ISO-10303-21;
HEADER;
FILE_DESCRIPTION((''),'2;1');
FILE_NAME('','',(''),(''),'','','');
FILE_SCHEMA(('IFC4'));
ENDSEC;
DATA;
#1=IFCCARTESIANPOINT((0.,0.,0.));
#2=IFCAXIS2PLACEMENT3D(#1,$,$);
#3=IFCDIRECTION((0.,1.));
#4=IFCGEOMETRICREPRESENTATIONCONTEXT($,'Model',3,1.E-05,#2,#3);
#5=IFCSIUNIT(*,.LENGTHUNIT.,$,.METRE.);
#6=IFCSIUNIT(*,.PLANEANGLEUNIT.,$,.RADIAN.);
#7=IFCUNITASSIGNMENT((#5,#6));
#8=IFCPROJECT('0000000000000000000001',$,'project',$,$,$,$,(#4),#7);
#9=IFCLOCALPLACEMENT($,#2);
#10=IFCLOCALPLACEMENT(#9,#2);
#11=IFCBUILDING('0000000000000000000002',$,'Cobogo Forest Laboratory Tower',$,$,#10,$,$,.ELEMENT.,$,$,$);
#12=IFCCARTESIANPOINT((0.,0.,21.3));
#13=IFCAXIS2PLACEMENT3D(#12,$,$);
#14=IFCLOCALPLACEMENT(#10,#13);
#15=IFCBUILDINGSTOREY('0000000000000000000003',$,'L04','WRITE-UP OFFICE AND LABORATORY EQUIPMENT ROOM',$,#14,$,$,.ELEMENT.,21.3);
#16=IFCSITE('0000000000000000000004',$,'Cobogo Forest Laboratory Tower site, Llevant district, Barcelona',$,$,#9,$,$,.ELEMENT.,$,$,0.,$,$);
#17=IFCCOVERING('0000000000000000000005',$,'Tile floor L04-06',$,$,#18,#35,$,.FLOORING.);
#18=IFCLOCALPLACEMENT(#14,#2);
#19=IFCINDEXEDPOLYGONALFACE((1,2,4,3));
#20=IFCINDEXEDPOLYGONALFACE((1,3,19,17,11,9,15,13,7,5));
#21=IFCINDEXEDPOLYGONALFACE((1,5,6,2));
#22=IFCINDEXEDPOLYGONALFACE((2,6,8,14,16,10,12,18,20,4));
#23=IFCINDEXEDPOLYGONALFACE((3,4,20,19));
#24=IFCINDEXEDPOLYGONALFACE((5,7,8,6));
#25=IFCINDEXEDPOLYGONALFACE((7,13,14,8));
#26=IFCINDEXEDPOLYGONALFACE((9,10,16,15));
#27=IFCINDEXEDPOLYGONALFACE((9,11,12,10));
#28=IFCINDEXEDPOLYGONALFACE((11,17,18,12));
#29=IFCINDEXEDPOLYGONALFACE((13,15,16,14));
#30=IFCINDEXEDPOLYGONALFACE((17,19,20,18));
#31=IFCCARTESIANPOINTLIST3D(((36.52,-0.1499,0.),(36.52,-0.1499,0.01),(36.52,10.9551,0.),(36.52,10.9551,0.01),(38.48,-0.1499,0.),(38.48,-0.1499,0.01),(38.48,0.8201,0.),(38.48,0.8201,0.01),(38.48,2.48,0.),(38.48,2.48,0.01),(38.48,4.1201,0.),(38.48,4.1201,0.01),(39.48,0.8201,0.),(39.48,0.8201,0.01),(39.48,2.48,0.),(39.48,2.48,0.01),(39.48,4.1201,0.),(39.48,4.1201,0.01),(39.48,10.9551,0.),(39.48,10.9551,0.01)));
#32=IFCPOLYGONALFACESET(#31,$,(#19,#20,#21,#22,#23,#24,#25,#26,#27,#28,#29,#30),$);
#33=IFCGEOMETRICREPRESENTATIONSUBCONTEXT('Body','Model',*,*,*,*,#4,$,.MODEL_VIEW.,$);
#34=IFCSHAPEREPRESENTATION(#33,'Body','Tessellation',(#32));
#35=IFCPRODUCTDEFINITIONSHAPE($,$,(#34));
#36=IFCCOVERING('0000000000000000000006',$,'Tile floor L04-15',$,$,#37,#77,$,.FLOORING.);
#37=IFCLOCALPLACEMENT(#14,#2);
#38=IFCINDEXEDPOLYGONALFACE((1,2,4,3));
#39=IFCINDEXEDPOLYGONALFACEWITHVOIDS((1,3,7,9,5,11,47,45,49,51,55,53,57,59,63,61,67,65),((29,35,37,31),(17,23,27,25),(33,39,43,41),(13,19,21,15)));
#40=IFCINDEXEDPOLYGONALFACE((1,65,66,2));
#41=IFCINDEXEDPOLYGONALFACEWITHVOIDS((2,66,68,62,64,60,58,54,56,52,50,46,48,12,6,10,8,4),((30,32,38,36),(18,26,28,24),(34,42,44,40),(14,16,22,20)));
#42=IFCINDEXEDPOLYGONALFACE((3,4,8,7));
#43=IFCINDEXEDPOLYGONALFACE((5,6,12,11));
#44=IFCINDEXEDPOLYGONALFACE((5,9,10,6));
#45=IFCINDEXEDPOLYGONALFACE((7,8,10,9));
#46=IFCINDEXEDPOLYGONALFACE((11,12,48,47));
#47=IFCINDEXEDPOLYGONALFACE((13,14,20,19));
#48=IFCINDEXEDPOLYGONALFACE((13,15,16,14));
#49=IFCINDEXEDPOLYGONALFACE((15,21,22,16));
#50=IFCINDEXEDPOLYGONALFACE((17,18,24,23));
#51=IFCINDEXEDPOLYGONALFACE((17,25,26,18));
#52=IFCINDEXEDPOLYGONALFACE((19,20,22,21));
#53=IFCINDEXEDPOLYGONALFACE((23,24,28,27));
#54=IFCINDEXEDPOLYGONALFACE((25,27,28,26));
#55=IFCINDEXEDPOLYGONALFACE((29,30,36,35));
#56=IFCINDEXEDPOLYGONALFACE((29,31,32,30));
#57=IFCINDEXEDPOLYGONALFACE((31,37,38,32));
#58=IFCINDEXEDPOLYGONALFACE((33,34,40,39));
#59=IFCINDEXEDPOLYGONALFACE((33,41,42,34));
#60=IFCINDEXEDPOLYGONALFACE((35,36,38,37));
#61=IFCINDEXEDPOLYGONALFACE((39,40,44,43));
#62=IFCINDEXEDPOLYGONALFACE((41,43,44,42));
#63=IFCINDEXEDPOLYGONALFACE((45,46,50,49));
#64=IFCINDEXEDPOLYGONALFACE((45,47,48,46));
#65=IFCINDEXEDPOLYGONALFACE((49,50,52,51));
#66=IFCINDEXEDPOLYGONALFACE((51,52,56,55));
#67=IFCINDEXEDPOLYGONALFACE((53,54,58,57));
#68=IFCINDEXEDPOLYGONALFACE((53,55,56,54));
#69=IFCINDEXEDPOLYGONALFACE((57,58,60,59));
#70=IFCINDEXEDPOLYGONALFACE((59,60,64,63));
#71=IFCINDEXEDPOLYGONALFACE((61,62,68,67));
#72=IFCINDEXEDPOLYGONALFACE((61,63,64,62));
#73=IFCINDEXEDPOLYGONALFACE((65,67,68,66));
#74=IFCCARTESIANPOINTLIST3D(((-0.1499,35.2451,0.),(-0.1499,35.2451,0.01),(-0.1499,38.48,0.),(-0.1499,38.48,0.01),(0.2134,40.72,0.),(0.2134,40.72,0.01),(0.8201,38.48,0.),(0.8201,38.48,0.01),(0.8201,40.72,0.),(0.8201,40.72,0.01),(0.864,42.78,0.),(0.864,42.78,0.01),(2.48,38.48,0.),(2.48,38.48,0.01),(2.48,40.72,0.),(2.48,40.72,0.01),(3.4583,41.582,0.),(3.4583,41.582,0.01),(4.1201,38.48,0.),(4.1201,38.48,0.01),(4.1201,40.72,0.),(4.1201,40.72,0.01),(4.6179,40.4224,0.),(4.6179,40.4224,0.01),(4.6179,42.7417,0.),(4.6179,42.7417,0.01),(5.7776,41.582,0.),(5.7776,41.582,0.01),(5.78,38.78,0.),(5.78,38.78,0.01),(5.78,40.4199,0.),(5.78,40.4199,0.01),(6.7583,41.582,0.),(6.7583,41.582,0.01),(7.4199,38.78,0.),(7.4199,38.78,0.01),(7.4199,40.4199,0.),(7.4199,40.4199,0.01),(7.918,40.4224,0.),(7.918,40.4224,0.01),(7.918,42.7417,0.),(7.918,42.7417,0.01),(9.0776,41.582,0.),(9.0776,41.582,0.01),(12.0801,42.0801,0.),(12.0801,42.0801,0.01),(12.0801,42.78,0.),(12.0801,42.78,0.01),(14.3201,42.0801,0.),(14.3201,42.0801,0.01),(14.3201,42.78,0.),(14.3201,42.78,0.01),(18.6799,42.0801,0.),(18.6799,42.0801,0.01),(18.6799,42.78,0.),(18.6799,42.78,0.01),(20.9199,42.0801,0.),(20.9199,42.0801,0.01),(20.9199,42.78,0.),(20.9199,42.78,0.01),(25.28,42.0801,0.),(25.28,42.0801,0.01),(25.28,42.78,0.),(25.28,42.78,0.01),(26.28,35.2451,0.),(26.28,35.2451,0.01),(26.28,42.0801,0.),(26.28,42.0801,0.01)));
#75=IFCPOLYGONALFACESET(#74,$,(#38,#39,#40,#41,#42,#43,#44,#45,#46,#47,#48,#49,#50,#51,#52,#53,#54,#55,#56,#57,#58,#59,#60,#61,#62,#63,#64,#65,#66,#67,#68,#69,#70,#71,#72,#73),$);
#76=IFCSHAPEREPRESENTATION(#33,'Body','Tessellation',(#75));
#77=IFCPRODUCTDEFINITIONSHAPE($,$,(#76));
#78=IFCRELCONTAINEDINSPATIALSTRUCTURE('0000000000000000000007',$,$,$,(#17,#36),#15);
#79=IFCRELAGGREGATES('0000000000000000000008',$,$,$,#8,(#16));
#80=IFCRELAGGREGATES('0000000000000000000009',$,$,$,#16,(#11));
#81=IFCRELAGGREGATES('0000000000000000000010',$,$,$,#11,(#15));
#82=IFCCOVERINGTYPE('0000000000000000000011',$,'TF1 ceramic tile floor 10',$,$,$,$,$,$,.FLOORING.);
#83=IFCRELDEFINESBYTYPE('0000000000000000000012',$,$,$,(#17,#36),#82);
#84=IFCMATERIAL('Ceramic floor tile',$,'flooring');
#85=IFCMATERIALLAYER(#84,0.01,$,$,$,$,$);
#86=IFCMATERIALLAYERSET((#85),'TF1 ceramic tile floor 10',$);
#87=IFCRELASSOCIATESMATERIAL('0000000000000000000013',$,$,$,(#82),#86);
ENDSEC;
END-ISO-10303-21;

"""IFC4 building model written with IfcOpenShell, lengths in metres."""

from ifc_helpers import new_model, si_unit, direction, frame, origin, place, context, subcontext, project, spatial, polyline, outline, extrude, material, layer, layer_set, type_object, element, save


model = new_model("IFC4")

# Units and contexts
model_context = context("Model", 3, precision=1e-05, world=origin(), true_north=direction((0.0, 1.0)))
body_context = subcontext(model_context, "Body", "Model", "MODEL_VIEW")
ifc_project = project(units=[si_unit("LENGTHUNIT", "METRE"), si_unit("PLANEANGLEUNIT", "RADIAN")], contexts=[model_context])

# Site, building, storey
site_placement = place(None, origin())
site = spatial("IfcSite", under=ifc_project, at=site_placement, Name="Cobogo Forest Laboratory Tower site, Llevant district, Barcelona", CompositionType="ELEMENT", RefElevation=0.0)
building_placement = place(site_placement, origin())
building = spatial("IfcBuilding", under=site, at=building_placement, Name="Cobogo Forest Laboratory Tower", CompositionType="ELEMENT")
storey_placement = place(building_placement, frame((0.0, 0.0, 21.3)))
storey = spatial("IfcBuildingStorey", under=building, at=storey_placement, Name="L04", Description="WRITE-UP OFFICE AND LABORATORY EQUIPMENT ROOM", CompositionType="ELEMENT", Elevation=21.3)

# Coverings
ifc_material_1 = material(Name="Ceramic floor tile", Category="flooring")
ifc_layer_1 = layer(ifc_material_1, 0.01)
ifc_layer_set_1 = layer_set([ifc_layer_1], Name="TF1 ceramic tile floor 10")
covering_type_1 = type_object("IfcCoveringType", Name="TF1 ceramic tile floor 10", PredefinedType="FLOORING", material=ifc_layer_set_1)
covering_1_placement = place(storey_placement, origin())
element("IfcCovering", 1, at=covering_1_placement, inside=storey, type_object=covering_type_1, Name="Tile floor L04-06", PredefinedType="FLOORING", context=body_context, shape_type="SweptSolid", body=[
    extrude(outline(polyline([(39.48, 10.9551), (39.48, 4.1201), (38.48, 4.1201), (38.48, 2.48), (39.48, 2.48), (39.48, 0.8201), (38.48, 0.8201), (38.48, -0.1499), (36.52, -0.1499), (36.52, 10.9551), (39.48, 10.9551)])), origin(), (0.0, 0.0, 1.0), 0.01),
])
covering_2_placement = place(storey_placement, origin())
element("IfcCovering", 2, at=covering_2_placement, inside=storey, type_object=covering_type_1, Name="Tile floor L04-15", PredefinedType="FLOORING", context=body_context, shape_type="SweptSolid", body=[
    extrude(outline(polyline([(26.28, 35.2451), (-0.1499, 35.2451), (-0.1499, 38.48), (0.8201, 38.48), (0.8201, 40.72), (0.2134, 40.72), (0.864, 42.78), (12.0801, 42.78), (12.0801, 42.0801), (14.3201, 42.0801), (14.3201, 42.78), (18.6799, 42.78), (18.6799, 42.0801), (20.9199, 42.0801), (20.9199, 42.78), (25.28, 42.78), (25.28, 42.0801), (26.28, 42.0801), (26.28, 35.2451)]), holes=[polyline([(6.7583, 41.582), (7.918, 40.4224), (9.0776, 41.582), (7.918, 42.7417), (6.7583, 41.582)]), polyline([(5.78, 40.4199), (5.78, 38.78), (7.4199, 38.78), (7.4199, 40.4199), (5.78, 40.4199)]), polyline([(3.4583, 41.582), (4.6179, 40.4224), (5.7776, 41.582), (4.6179, 42.7417), (3.4583, 41.582)]), polyline([(2.48, 38.48), (4.1201, 38.48), (4.1201, 40.72), (2.48, 40.72), (2.48, 38.48)])]), origin(), (0.0, 0.0, 1.0), 0.01),
])

save(model, "model.ifc")
